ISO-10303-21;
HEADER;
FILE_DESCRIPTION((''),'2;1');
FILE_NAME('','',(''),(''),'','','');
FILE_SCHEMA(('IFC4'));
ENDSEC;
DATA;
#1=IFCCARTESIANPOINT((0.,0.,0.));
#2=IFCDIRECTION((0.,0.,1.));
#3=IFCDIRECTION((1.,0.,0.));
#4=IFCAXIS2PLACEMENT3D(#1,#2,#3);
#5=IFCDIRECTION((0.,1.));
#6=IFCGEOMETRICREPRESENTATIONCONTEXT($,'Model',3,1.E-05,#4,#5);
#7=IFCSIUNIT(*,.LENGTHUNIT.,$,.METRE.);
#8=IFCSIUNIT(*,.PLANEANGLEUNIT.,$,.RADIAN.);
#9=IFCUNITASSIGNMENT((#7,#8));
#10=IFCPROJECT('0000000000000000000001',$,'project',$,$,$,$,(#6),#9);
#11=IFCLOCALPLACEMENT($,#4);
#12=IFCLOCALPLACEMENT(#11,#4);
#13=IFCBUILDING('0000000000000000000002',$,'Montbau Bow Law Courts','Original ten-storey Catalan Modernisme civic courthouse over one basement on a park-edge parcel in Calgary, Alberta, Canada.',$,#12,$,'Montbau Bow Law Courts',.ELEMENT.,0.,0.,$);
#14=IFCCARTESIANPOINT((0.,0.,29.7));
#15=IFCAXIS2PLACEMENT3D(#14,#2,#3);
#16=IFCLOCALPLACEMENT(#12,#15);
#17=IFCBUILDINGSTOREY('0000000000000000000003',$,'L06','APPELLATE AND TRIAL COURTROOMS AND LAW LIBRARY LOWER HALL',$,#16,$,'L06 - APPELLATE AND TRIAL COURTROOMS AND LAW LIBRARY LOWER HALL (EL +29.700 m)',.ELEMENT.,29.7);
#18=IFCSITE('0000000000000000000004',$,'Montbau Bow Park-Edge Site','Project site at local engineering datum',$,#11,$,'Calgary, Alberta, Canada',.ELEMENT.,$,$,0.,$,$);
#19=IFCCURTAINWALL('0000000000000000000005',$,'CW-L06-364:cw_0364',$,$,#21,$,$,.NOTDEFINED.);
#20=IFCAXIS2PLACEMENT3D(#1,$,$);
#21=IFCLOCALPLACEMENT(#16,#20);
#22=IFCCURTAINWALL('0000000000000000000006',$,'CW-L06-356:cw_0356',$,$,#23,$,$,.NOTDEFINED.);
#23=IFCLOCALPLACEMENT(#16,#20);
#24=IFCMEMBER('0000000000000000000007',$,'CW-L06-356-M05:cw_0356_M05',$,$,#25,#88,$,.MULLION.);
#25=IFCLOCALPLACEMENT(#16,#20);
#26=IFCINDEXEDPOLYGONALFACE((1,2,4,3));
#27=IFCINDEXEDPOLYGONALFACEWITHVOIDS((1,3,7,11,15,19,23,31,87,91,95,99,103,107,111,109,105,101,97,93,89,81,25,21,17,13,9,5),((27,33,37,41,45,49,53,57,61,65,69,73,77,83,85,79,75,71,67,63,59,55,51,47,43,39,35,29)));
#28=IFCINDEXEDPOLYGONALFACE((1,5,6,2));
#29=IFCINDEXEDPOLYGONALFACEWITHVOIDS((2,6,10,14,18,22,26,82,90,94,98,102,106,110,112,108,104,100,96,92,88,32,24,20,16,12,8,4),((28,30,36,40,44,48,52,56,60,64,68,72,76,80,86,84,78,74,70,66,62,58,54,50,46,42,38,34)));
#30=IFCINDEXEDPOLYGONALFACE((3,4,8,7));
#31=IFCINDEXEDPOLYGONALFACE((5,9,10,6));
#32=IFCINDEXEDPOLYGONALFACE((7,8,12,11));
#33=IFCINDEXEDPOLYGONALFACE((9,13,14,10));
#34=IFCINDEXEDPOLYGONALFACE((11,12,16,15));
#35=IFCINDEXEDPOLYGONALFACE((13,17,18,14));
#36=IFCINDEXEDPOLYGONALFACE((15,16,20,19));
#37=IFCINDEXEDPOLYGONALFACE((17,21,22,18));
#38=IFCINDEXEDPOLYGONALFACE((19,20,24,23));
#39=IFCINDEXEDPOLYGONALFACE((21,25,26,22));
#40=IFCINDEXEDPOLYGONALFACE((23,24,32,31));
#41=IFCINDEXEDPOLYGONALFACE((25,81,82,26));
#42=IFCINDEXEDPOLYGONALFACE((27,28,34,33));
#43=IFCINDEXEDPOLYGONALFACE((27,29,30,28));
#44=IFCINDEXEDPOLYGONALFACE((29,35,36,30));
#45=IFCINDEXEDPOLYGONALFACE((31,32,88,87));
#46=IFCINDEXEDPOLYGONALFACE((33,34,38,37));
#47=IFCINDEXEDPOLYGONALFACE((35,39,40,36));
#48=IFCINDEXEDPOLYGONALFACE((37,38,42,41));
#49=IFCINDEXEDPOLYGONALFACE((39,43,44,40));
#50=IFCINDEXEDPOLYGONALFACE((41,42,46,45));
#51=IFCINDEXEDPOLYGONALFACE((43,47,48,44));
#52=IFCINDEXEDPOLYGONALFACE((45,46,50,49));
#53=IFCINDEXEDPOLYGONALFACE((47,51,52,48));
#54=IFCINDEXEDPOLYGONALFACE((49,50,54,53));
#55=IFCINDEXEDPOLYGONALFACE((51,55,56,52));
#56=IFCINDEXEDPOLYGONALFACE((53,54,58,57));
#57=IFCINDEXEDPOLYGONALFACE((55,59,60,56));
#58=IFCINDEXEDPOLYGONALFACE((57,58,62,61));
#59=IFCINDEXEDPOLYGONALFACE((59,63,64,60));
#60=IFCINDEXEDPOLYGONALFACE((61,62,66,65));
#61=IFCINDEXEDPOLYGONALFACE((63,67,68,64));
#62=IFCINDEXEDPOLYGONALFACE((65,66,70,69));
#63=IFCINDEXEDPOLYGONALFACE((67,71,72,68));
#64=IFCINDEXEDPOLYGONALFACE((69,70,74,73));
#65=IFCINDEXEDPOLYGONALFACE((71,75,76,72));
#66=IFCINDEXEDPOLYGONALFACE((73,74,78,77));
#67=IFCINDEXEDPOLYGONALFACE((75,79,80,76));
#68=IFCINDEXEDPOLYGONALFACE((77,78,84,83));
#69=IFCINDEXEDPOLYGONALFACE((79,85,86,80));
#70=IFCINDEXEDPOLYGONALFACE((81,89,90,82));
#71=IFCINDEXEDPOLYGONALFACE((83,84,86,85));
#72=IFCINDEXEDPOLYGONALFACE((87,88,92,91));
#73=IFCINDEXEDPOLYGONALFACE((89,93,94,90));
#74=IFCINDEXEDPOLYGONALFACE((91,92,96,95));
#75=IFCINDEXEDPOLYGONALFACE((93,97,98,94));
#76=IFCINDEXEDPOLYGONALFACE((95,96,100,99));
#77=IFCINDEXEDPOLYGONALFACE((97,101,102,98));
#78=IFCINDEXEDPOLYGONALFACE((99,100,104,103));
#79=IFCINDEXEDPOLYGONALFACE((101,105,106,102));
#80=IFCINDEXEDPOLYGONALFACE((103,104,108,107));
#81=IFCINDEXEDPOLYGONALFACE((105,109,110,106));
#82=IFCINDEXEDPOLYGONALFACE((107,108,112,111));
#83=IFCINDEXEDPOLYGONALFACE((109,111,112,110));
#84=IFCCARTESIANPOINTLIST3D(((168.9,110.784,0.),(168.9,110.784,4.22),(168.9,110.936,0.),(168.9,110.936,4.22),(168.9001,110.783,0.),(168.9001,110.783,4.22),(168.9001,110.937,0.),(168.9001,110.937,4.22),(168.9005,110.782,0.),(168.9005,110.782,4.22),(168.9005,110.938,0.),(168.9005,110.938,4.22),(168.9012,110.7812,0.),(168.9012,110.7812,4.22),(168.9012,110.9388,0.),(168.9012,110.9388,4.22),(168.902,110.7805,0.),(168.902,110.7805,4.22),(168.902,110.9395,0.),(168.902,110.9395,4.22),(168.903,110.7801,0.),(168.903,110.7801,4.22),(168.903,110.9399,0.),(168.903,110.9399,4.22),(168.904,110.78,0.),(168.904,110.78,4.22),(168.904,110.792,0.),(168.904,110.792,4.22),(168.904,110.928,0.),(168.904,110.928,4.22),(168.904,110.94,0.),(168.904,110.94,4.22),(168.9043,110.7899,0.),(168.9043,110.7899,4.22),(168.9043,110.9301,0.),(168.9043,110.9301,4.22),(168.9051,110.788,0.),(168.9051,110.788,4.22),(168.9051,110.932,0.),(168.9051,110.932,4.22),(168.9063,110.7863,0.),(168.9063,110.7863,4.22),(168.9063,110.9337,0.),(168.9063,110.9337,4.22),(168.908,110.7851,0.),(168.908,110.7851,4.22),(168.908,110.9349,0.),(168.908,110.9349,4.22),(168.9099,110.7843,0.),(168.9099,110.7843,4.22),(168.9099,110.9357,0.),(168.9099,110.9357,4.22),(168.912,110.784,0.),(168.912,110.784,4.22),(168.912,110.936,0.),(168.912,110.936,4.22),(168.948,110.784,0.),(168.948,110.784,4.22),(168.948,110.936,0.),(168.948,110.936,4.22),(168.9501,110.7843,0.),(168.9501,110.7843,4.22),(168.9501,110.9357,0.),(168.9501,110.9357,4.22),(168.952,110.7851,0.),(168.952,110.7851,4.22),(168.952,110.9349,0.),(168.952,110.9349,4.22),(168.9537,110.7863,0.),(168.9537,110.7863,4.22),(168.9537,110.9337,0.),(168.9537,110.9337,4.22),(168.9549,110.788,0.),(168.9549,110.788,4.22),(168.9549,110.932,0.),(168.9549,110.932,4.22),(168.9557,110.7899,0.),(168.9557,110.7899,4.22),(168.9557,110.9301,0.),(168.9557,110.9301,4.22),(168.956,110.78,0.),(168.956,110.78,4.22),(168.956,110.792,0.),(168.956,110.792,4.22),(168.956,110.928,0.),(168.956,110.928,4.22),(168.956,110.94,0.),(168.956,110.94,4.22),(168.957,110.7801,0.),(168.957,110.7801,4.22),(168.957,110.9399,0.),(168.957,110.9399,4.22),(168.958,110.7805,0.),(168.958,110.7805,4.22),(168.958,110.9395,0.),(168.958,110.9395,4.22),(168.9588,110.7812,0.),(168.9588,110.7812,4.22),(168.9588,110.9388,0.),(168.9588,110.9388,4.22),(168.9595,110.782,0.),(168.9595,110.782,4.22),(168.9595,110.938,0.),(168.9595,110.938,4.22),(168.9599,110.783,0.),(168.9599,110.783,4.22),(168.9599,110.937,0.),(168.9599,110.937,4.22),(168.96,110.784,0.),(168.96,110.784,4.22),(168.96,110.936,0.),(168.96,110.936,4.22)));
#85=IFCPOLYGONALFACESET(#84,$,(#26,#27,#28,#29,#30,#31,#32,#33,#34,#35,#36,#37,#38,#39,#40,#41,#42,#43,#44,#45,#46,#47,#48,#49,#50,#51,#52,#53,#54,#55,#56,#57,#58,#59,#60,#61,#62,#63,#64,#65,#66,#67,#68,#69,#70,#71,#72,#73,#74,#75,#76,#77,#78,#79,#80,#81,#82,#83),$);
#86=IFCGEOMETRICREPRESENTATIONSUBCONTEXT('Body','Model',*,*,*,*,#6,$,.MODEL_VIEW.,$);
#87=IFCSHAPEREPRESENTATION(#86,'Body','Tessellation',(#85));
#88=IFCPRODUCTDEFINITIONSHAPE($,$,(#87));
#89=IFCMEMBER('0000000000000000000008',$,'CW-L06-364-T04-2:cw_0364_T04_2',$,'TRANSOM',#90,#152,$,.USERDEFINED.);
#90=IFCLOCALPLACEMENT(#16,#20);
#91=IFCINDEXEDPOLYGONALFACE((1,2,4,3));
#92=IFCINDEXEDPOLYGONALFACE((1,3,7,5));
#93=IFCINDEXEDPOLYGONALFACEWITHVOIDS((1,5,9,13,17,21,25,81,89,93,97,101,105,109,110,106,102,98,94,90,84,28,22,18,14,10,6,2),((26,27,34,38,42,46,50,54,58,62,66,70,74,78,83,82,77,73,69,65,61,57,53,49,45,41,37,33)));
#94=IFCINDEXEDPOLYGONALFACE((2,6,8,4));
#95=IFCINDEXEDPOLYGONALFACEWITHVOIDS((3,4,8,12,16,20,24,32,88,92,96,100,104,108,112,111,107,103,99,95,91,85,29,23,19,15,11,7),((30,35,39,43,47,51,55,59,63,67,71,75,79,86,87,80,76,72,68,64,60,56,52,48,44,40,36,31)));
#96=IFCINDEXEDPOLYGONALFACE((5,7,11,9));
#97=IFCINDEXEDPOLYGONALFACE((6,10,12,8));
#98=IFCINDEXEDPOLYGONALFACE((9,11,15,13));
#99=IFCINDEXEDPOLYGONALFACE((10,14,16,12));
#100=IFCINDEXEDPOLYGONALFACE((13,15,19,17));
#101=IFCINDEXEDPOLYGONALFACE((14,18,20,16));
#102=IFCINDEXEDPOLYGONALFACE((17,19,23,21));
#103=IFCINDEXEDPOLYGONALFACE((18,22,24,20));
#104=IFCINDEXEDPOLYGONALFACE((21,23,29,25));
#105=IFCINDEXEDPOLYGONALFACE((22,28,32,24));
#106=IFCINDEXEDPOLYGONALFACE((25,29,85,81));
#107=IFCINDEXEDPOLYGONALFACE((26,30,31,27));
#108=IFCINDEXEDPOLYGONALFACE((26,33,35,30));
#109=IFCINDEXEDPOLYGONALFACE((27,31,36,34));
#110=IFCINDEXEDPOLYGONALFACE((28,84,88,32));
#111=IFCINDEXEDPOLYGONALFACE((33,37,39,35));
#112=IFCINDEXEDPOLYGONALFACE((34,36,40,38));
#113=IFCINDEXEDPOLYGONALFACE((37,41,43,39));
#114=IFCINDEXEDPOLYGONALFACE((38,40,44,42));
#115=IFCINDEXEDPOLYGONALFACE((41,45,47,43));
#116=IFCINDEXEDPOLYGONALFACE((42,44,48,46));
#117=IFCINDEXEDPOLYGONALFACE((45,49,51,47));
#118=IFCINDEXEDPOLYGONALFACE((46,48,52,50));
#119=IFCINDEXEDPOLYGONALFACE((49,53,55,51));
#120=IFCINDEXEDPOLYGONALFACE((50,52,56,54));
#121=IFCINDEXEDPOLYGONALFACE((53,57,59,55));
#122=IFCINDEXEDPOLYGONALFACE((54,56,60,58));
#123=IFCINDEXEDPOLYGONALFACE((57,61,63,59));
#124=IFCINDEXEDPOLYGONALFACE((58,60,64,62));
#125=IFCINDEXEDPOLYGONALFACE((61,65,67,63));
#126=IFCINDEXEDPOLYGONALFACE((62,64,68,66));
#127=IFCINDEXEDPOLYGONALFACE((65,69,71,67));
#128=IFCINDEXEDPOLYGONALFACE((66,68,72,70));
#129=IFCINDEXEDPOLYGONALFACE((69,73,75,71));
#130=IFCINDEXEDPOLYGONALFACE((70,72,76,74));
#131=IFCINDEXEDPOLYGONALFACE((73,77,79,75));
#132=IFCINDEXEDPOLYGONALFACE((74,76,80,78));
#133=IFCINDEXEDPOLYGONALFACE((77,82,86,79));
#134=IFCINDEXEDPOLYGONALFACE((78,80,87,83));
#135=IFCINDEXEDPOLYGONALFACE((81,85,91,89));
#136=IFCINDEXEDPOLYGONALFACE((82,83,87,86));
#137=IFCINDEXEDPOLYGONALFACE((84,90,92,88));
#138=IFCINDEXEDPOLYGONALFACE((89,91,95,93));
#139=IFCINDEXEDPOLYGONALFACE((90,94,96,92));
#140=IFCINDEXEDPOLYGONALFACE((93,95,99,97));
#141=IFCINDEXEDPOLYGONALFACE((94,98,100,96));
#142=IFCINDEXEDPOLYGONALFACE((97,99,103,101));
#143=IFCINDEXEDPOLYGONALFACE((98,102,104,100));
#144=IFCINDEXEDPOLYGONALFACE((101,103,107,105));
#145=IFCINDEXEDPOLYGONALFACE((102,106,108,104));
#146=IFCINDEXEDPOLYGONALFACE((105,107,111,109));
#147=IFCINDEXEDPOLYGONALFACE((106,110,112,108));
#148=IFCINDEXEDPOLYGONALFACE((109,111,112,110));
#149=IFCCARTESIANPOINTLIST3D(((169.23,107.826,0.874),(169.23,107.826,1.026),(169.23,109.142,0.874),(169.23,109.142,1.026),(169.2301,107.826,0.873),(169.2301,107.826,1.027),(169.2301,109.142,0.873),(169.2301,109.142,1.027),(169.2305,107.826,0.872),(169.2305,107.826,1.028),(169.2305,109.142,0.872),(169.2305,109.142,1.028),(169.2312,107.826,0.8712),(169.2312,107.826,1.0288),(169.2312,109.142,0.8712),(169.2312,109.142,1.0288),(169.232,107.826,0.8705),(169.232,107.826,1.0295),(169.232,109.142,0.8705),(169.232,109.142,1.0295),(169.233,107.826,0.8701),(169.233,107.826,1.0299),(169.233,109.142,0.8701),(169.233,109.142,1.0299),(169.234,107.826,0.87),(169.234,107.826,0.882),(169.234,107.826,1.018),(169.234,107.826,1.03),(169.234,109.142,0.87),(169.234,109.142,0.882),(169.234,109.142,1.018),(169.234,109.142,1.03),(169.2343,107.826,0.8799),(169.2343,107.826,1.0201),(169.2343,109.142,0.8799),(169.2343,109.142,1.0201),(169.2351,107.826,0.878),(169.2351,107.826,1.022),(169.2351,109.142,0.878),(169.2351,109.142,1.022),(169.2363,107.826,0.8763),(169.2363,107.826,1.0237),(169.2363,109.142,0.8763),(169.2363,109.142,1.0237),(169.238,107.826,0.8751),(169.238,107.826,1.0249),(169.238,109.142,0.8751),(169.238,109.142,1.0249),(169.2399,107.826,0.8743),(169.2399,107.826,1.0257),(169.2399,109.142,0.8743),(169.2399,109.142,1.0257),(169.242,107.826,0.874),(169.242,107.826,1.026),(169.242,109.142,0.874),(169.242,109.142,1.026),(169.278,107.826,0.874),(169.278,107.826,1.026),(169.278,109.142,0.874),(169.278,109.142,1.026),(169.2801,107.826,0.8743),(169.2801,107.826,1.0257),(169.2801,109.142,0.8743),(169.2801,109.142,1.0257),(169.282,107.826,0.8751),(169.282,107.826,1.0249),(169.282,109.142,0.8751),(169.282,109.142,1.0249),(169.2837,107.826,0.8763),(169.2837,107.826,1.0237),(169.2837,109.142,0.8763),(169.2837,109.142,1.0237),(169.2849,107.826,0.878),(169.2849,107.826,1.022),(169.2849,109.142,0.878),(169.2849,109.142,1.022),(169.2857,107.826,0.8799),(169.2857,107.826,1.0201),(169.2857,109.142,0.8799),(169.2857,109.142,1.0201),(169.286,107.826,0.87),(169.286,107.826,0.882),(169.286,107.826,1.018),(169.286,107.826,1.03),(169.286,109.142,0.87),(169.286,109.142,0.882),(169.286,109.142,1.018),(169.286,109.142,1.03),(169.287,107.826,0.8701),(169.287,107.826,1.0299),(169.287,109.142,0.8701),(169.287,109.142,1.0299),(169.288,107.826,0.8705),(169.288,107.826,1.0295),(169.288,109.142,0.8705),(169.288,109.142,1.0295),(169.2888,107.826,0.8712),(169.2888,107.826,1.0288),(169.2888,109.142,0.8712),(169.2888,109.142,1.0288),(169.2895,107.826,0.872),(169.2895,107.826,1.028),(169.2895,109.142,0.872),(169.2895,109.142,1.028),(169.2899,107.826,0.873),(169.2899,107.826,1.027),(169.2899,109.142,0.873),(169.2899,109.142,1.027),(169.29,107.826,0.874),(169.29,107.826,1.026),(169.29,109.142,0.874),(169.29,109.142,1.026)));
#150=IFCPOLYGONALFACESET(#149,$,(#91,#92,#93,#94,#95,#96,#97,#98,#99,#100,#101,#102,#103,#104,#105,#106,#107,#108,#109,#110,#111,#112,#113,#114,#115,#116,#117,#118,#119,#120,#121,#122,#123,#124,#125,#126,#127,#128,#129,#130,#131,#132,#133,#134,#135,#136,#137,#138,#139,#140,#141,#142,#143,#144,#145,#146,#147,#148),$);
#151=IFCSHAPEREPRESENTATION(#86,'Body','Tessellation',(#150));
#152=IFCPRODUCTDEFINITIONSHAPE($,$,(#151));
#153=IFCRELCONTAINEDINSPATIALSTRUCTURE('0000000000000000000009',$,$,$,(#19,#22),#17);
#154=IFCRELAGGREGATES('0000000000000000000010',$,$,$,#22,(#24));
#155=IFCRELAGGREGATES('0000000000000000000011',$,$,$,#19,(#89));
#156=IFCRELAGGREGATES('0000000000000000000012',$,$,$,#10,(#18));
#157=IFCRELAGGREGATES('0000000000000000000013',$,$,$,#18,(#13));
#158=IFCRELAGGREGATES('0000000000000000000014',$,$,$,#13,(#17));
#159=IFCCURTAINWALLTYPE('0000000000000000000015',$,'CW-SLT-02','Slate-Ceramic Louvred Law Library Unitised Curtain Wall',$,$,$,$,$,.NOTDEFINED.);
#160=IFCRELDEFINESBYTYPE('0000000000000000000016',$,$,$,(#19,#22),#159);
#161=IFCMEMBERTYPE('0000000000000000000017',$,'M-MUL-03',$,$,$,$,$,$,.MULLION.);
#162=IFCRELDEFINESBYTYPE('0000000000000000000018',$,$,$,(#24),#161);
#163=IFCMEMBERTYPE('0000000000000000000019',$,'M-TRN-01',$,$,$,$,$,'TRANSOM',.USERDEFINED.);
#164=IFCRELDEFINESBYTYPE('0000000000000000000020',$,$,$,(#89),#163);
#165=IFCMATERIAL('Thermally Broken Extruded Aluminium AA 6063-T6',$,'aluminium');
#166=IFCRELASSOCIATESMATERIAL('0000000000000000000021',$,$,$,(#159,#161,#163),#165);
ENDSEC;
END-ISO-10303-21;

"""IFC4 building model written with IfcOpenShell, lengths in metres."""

from ifc_helpers import new_model, si_unit, direction, frame, origin_with_axes, origin_2d_with_axis, place, context, subcontext, project, spatial, hollow_rectangle, extrude, material, material_profile, profile_set, type_object, element, aggregate, save


model = new_model("IFC4")

# Units and contexts
model_context = context("Model", 3, precision=1e-05, world=origin_with_axes(), true_north=direction((0.0, 1.0)))
body_context = subcontext(model_context, "Body", "Model", "MODEL_VIEW")
ifc_project = project(units=[si_unit("LENGTHUNIT", "METRE"), si_unit("PLANEANGLEUNIT", "RADIAN")], contexts=[model_context])

# Site, building, storey
site_placement = place(None, origin_with_axes())
site = spatial("IfcSite", under=ifc_project, at=site_placement, Name="Montbau Bow Park-Edge Site", Description="Project site at local engineering datum", LongName="Calgary, Alberta, Canada", CompositionType="ELEMENT", RefElevation=0.0)
building_placement = place(site_placement, origin_with_axes())
building = spatial("IfcBuilding", under=site, at=building_placement, Name="Montbau Bow Law Courts", Description="Original ten-storey Catalan Modernisme civic courthouse over one basement on a park-edge parcel in Calgary, Alberta, Canada.", LongName="Montbau Bow Law Courts", CompositionType="ELEMENT", ElevationOfRefHeight=0.0, ElevationOfTerrain=0.0)
storey_placement = place(building_placement, frame((0.0, 0.0, 29.7), z_axis=(0.0, 0.0, 1.0), x_axis=(1.0, 0.0, 0.0)))
storey = spatial("IfcBuildingStorey", under=building, at=storey_placement, Name="L06", Description="APPELLATE AND TRIAL COURTROOMS AND LAW LIBRARY LOWER HALL", LongName="L06 - APPELLATE AND TRIAL COURTROOMS AND LAW LIBRARY LOWER HALL (EL +29.700 m)", CompositionType="ELEMENT", Elevation=29.7)

# Curtain wall
ifc_material_1 = material(Name="Thermally Broken Extruded Aluminium AA 6063-T6", Category="aluminium")
curtain_wall_type = type_object("IfcCurtainWallType", Name="CW-SLT-02", Description="Slate-Ceramic Louvred Law Library Unitised Curtain Wall", PredefinedType="NOTDEFINED", material=ifc_material_1)
curtain_wall_1_placement = place(None, frame((169.26, 103.64, 29.7), z_axis=(0.0, 0.0, 1.0), x_axis=(1.0, 0.0, 0.0)))
curtain_wall_1 = element("IfcCurtainWall", 1, at=curtain_wall_1_placement, inside=storey, type_object=curtain_wall_type, Name="CW-L06-364:cw_0364", PredefinedType="NOTDEFINED")

# Curtain wall, member
curtain_wall_2_placement = place(None, frame((163.04, 110.86, 29.7), z_axis=(0.0, 0.0, 1.0), x_axis=(1.0, 0.0, 0.0)))
curtain_wall_2 = element("IfcCurtainWall", 2, at=curtain_wall_2_placement, inside=storey, type_object=curtain_wall_type, Name="CW-L06-356:cw_0356", PredefinedType="NOTDEFINED")
ifc_material_profile_1 = material_profile(ifc_material_1, hollow_rectangle(XDim=0.06, YDim=0.16, WallThickness=0.004, InnerFilletRadius=0.008, OuterFilletRadius=0.004, at=origin_2d_with_axis()), Name="CWM-160X60", Category="Main", Priority=0)
ifc_profile_set_1 = profile_set([ifc_material_profile_1], Name="Thermally Broken Extruded Aluminium AA 6063-T6")
member_type_1 = type_object("IfcMemberType", Name="M-MUL-03", PredefinedType="MULLION", material=ifc_profile_set_1)
member_1_placement = place(None, frame((168.93, 110.86, 29.7), z_axis=(0.0, 0.0, 1.0), x_axis=(1.0, 0.0, 0.0)))
member_1 = element("IfcMember", 3, at=member_1_placement, type_object=member_type_1, Name="CW-L06-356-M05:cw_0356_M05", PredefinedType="MULLION", context=body_context, shape_type="SweptSolid", body=[
    extrude(hollow_rectangle(XDim=0.06, YDim=0.16, WallThickness=0.004, InnerFilletRadius=0.008, OuterFilletRadius=0.004, at=origin_2d_with_axis()), origin_with_axes(), (0.0, 0.0, 1.0), 4.22),
])
aggregate(curtain_wall_2, [member_1])

# Member
ifc_material_profile_2 = material_profile(ifc_material_1, hollow_rectangle(XDim=0.06, YDim=0.16, WallThickness=0.004, InnerFilletRadius=0.008, OuterFilletRadius=0.004, at=origin_2d_with_axis()), Name="CWT-160X60", Category="Main", Priority=0)
ifc_profile_set_2 = profile_set([ifc_material_profile_2], Name="Thermally Broken Extruded Aluminium AA 6063-T6")
member_type_2 = type_object("IfcMemberType", Name="M-TRN-01", ElementType="TRANSOM", PredefinedType="USERDEFINED", material=ifc_profile_set_2)
member_2_placement = place(None, frame((169.26, 107.826, 30.65), z_axis=(0.0, 1.0, 0.0), x_axis=(-1.0, 0.0, 0.0)))
member_2 = element("IfcMember", 4, at=member_2_placement, type_object=member_type_2, Name="CW-L06-364-T04-2:cw_0364_T04_2", ObjectType="TRANSOM", PredefinedType="USERDEFINED", context=body_context, shape_type="SweptSolid", body=[
    extrude(hollow_rectangle(XDim=0.06, YDim=0.16, WallThickness=0.004, InnerFilletRadius=0.008, OuterFilletRadius=0.004, at=origin_2d_with_axis()), origin_with_axes(), (0.0, 0.0, 1.0), 1.316),
])

aggregate(curtain_wall_1, [member_2])

save(model, "model.ifc")
